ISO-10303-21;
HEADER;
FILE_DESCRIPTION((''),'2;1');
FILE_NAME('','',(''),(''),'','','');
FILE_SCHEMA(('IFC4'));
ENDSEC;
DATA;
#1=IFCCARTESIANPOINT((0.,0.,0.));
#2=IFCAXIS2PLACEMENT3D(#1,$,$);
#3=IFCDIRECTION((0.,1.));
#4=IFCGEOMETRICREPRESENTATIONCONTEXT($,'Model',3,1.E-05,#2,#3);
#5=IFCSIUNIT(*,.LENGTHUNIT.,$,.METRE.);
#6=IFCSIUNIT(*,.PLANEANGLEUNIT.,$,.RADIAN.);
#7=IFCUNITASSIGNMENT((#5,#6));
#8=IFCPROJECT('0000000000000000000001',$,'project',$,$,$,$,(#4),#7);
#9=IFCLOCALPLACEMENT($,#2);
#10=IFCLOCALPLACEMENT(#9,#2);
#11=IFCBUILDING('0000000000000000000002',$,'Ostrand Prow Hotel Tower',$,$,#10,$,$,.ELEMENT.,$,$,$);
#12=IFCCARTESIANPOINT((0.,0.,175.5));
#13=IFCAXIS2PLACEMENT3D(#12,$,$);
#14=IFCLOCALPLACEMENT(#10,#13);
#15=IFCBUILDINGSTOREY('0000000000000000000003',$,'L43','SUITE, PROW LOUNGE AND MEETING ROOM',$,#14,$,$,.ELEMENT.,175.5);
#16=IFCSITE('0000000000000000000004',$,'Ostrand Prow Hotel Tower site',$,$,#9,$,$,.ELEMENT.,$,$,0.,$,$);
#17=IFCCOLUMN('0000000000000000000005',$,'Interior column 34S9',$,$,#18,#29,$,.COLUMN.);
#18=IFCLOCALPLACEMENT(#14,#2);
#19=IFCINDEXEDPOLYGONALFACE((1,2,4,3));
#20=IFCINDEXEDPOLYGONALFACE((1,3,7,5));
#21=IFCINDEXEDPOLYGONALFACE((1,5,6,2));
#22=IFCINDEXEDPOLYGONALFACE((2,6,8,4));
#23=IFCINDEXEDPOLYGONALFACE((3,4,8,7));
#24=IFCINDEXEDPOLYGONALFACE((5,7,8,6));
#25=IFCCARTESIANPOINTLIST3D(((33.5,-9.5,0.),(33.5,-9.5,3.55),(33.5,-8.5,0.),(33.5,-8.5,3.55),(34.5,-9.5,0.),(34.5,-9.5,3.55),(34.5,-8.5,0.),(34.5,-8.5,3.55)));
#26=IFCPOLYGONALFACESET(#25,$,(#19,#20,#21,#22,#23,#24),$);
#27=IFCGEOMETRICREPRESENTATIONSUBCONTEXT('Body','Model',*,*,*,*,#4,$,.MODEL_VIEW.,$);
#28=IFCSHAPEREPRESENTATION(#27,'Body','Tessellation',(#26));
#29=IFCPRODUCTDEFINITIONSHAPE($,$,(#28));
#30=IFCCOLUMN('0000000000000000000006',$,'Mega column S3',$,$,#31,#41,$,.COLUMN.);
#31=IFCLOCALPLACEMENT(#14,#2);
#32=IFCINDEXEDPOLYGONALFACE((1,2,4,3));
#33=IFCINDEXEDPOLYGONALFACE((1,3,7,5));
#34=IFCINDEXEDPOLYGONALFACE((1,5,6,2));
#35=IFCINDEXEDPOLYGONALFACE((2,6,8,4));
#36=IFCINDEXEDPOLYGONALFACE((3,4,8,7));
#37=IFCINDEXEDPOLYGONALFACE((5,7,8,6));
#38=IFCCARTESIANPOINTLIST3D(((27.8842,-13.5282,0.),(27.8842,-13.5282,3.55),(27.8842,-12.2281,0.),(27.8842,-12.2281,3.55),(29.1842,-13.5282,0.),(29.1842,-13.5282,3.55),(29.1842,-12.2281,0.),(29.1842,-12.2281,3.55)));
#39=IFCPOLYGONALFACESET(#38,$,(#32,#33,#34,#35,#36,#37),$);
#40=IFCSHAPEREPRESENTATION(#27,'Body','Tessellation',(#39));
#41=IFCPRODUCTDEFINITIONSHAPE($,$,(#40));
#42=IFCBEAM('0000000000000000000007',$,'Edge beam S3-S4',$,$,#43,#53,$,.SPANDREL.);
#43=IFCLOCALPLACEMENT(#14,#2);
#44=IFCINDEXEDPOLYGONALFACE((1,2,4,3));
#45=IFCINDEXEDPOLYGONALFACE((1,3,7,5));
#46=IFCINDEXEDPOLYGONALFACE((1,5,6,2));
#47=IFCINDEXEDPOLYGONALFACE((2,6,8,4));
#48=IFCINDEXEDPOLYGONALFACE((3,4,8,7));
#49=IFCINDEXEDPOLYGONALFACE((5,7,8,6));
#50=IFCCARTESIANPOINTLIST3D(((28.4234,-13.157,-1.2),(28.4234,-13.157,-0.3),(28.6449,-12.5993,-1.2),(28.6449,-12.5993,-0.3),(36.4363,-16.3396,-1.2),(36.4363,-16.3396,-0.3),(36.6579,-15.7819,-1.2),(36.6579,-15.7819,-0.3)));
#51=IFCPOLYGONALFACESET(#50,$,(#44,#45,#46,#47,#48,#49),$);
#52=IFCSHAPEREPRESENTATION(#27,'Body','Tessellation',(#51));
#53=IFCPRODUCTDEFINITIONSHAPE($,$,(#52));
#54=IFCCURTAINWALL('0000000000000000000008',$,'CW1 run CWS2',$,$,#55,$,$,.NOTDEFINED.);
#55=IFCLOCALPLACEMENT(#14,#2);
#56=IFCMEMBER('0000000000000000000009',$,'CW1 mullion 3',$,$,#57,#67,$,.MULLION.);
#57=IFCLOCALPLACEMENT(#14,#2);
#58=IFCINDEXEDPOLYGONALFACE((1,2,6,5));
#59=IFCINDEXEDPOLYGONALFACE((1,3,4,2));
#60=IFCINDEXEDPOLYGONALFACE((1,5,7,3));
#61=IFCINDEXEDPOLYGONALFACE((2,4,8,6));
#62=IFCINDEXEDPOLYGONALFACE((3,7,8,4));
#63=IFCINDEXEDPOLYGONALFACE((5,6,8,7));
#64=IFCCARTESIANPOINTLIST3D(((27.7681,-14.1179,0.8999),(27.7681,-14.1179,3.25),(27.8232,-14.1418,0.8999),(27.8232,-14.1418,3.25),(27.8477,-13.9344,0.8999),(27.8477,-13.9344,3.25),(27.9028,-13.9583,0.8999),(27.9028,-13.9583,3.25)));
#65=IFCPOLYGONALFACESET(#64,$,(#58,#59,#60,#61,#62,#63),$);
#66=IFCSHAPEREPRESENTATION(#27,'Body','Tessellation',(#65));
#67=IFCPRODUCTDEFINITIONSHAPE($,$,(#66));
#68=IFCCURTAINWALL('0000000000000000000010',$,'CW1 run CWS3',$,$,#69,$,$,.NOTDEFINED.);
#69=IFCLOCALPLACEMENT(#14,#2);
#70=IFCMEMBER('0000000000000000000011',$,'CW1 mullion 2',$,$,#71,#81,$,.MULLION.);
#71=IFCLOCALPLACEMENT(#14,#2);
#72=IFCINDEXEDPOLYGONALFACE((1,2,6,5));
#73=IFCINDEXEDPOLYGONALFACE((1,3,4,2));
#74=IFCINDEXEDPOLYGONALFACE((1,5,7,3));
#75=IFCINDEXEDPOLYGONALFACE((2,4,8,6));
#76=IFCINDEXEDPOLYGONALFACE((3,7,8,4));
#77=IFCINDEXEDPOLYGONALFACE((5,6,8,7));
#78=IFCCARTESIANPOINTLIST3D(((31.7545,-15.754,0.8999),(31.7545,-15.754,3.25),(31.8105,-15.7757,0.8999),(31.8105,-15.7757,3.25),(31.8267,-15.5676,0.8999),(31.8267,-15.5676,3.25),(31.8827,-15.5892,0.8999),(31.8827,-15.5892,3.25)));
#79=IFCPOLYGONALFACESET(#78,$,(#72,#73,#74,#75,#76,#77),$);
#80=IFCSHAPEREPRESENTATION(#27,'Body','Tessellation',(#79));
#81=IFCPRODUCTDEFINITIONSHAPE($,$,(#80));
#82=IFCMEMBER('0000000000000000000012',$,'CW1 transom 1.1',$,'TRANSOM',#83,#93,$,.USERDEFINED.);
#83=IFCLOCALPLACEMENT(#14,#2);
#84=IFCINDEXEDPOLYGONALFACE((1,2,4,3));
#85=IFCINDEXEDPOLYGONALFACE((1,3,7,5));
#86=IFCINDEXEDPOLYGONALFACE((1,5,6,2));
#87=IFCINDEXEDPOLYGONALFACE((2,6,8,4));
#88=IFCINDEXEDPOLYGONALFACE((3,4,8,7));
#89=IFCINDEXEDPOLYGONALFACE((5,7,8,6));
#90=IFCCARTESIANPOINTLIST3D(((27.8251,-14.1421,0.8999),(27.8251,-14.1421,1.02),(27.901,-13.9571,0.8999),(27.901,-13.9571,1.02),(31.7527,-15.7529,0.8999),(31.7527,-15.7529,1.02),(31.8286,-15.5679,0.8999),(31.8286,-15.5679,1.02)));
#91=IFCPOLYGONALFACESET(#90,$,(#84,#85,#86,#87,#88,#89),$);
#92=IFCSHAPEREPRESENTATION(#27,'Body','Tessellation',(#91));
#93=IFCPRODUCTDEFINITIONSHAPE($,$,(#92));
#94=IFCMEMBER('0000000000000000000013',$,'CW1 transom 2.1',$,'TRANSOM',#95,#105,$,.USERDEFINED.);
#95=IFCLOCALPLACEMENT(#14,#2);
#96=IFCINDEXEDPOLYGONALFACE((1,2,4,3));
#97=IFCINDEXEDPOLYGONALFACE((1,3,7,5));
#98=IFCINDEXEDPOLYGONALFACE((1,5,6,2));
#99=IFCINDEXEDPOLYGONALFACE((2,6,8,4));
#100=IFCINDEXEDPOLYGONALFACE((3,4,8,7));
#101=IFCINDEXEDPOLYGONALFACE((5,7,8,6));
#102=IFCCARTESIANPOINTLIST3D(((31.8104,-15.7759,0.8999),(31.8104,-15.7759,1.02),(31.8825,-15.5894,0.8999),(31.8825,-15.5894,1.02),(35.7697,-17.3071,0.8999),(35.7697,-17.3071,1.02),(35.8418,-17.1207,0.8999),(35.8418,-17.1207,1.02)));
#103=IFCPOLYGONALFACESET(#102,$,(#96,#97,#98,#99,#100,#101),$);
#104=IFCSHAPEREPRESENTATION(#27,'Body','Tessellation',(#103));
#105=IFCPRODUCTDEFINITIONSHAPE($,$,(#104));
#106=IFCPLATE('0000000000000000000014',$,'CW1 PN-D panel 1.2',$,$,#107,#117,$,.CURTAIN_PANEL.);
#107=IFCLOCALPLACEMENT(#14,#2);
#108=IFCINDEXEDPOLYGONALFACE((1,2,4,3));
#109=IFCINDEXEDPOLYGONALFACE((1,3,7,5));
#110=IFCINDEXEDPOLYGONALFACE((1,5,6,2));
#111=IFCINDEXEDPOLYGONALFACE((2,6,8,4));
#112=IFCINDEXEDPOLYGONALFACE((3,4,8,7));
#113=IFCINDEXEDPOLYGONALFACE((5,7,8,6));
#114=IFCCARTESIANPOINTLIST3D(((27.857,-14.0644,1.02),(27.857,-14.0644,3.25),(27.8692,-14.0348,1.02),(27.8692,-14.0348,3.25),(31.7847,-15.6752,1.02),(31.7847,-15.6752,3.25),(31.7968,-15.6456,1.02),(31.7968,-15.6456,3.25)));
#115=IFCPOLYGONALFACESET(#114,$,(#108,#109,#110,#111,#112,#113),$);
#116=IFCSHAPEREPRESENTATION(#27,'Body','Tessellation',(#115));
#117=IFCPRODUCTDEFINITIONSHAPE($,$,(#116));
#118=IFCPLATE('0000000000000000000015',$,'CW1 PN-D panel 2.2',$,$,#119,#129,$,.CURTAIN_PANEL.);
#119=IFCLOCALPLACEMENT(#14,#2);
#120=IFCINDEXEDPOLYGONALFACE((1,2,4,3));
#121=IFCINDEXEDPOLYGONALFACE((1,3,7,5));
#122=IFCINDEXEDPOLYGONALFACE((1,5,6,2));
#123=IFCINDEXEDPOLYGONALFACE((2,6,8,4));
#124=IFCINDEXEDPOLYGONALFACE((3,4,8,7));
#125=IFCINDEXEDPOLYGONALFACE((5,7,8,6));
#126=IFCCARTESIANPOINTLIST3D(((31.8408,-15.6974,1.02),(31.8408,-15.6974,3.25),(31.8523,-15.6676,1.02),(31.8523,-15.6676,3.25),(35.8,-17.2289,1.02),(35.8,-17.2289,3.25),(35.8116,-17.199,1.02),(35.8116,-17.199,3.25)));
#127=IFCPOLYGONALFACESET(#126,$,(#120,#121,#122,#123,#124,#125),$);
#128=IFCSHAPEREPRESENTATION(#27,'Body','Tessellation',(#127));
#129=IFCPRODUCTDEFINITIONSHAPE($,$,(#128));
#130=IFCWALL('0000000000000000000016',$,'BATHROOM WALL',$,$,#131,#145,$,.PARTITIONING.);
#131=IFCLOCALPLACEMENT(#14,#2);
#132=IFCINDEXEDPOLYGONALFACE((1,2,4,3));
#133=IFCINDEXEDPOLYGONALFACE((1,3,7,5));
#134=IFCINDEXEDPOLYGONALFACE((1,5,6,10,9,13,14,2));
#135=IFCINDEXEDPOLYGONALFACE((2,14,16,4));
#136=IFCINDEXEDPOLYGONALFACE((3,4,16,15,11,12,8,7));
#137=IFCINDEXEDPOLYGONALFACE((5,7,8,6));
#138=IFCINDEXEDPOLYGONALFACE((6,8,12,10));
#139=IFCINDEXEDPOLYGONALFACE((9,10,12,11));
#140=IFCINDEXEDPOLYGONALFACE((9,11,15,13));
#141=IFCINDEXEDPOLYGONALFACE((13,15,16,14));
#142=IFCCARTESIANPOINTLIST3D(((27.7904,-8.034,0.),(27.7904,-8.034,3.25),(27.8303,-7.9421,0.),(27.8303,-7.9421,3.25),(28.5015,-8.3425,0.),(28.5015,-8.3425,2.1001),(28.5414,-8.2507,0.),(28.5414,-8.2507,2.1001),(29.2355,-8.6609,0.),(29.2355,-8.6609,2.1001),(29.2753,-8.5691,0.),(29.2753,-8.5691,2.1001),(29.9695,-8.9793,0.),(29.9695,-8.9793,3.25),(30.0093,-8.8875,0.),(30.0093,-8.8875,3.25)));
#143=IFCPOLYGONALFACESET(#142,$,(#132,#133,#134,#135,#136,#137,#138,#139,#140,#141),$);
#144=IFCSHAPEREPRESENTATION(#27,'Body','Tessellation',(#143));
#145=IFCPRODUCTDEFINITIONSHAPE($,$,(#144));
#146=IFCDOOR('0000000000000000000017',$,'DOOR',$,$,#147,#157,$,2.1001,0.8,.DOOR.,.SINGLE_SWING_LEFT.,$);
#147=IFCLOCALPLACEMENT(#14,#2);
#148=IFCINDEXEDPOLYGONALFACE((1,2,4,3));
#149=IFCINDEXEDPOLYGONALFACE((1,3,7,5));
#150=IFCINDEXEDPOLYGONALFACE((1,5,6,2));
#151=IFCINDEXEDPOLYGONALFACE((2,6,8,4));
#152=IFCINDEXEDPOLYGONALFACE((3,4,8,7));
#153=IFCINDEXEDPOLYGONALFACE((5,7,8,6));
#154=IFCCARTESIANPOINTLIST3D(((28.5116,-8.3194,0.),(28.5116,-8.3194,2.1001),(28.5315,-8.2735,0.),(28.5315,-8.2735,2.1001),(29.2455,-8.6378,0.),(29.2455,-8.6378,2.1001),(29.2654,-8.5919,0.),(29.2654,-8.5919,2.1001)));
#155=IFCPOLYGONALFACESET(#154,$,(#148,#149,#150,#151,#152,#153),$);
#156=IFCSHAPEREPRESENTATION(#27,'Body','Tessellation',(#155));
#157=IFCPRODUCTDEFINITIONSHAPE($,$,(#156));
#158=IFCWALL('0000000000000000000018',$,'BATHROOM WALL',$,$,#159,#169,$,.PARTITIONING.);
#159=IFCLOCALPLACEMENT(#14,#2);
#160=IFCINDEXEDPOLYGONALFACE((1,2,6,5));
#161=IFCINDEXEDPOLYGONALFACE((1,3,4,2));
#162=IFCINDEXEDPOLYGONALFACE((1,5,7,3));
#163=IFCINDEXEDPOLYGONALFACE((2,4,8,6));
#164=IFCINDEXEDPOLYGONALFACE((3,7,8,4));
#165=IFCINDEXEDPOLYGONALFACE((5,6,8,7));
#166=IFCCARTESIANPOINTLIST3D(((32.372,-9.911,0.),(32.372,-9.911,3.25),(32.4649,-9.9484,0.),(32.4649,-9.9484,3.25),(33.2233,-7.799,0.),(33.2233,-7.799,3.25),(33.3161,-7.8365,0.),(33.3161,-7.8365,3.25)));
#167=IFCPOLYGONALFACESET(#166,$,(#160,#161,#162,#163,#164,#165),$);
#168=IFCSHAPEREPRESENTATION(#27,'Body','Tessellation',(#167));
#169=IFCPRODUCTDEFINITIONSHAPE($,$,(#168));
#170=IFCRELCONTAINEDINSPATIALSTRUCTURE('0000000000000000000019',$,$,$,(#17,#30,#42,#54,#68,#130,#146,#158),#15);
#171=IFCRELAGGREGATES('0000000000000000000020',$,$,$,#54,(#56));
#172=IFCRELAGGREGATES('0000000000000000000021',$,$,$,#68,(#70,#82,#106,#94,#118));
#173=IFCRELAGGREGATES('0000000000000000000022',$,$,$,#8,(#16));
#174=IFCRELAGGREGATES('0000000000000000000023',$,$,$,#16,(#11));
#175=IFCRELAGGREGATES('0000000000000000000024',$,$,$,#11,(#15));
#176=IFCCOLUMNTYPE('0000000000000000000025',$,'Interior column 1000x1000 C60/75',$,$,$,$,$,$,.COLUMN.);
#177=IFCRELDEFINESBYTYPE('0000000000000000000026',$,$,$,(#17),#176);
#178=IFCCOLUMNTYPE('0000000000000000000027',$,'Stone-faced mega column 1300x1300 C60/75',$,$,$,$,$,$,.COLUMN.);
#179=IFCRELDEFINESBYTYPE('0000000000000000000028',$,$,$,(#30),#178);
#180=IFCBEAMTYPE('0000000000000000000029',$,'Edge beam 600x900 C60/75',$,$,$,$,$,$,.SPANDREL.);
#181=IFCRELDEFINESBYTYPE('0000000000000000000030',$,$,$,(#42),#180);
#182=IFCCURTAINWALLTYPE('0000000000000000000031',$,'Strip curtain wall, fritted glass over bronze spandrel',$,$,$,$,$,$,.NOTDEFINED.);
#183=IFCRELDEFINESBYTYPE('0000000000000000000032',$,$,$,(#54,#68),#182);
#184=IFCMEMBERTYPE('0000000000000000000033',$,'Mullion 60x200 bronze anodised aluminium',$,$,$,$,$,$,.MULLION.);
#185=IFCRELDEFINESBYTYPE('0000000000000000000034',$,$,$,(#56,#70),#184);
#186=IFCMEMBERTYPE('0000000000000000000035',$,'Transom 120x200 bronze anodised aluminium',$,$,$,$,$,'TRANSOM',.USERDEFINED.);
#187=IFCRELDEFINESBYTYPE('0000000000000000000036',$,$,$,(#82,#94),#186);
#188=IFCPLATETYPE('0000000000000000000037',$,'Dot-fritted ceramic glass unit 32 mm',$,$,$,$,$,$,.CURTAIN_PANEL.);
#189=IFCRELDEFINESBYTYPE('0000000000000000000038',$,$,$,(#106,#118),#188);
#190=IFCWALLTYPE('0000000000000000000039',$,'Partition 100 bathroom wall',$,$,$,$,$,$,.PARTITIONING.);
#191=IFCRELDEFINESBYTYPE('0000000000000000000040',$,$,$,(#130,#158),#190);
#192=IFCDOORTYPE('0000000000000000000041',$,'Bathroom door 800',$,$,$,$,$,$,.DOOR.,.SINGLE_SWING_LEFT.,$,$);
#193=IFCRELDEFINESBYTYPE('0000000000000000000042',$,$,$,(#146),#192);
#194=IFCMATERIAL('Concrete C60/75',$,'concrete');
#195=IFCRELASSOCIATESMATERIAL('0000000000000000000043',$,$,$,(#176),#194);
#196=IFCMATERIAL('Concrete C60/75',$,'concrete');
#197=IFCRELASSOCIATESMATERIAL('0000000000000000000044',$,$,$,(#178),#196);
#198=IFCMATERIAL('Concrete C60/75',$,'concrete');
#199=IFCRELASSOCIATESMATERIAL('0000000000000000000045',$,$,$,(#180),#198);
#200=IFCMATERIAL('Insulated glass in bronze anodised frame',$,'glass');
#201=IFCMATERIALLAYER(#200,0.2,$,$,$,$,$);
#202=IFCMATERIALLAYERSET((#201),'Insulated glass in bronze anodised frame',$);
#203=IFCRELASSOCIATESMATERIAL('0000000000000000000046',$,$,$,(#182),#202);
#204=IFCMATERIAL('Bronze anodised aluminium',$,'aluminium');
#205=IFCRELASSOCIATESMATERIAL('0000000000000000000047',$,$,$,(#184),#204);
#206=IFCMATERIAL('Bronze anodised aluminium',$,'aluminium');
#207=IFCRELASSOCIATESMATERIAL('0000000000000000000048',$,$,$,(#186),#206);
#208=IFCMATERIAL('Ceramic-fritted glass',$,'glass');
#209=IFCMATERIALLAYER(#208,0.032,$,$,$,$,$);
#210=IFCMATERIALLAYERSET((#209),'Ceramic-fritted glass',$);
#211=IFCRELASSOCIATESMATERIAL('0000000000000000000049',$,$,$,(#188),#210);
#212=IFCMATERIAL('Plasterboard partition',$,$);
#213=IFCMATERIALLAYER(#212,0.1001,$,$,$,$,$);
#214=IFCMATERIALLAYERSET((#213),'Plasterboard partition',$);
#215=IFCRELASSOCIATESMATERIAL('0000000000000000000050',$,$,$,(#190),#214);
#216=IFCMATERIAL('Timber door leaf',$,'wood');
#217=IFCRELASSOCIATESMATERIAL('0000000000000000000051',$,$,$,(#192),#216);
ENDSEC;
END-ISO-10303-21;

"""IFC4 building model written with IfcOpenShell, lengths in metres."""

from ifc_helpers import new_model, si_unit, direction, frame, frame_2d, origin, origin_2d, place, context, subcontext, project, spatial, rectangle, extrude, material, layer, layer_set, material_profile, profile_set, type_object, element, fill, aggregate, save


model = new_model("IFC4")

# Units and contexts
model_context = context("Model", 3, precision=1e-05, world=origin(), true_north=direction((0.0, 1.0)))
body_context = subcontext(model_context, "Body", "Model", "MODEL_VIEW")
ifc_project = project(units=[si_unit("LENGTHUNIT", "METRE"), si_unit("PLANEANGLEUNIT", "RADIAN")], contexts=[model_context])

# Site, building, storey
site_placement = place(None, origin())
site = spatial("IfcSite", under=ifc_project, at=site_placement, Name="Ostrand Prow Hotel Tower site", CompositionType="ELEMENT", RefElevation=0.0)
building_placement = place(site_placement, origin())
building = spatial("IfcBuilding", under=site, at=building_placement, Name="Ostrand Prow Hotel Tower", CompositionType="ELEMENT")
storey_placement = place(building_placement, frame((0.0, 0.0, 175.5)))
storey = spatial("IfcBuildingStorey", under=building, at=storey_placement, Name="L43", Description="SUITE, PROW LOUNGE AND MEETING ROOM", CompositionType="ELEMENT", Elevation=175.5)

# Columns
ifc_material_1 = material(Name="Concrete C60/75", Category="concrete")
ifc_material_profile_1 = material_profile(ifc_material_1, rectangle(XDim=1.0, YDim=1.0, at=origin_2d()), Name="RC 1000x1000")
ifc_profile_set_1 = profile_set([ifc_material_profile_1], Name="Concrete C60/75")
column_type_1 = type_object("IfcColumnType", Name="Interior column 1000x1000 C60/75", PredefinedType="COLUMN", material=ifc_profile_set_1)
column_1_placement = place(storey_placement, frame((34.0, -9.0, 0.0), z_axis=(0.0, 0.0, 1.0), x_axis=(1.0, 0.0, 0.0)))
element("IfcColumn", 1, at=column_1_placement, inside=storey, type_object=column_type_1, Name="Interior column 34S9", PredefinedType="COLUMN", context=body_context, shape_type="SweptSolid", body=[
    extrude(rectangle(XDim=1.0, YDim=1.0, at=origin_2d()), origin(), (0.0, 0.0, 1.0), 3.55),
])
ifc_material_2 = material(Name="Concrete C60/75", Category="concrete")
ifc_material_profile_2 = material_profile(ifc_material_2, rectangle(XDim=1.3, YDim=1.3, at=origin_2d()), Name="RC 1300x1300")
ifc_profile_set_2 = profile_set([ifc_material_profile_2], Name="Concrete C60/75")
column_type_2 = type_object("IfcColumnType", Name="Stone-faced mega column 1300x1300 C60/75", PredefinedType="COLUMN", material=ifc_profile_set_2)
column_2_placement = place(storey_placement, frame((28.5342, -12.8782, 0.0), z_axis=(0.0, 0.0, 1.0), x_axis=(1.0, 0.0, 0.0)))
element("IfcColumn", 2, at=column_2_placement, inside=storey, type_object=column_type_2, Name="Mega column S3", PredefinedType="COLUMN", context=body_context, shape_type="SweptSolid", body=[
    extrude(rectangle(XDim=1.3, YDim=1.3, at=origin_2d()), origin(), (0.0, 0.0, 1.0), 3.55),
])

# Beam
ifc_material_3 = material(Name="Concrete C60/75", Category="concrete")
ifc_material_profile_3 = material_profile(ifc_material_3, rectangle(XDim=0.6001, YDim=0.8999, at=origin_2d()), Name="RC 600x900")
ifc_profile_set_3 = profile_set([ifc_material_profile_3], Name="Concrete C60/75")
beam_type = type_object("IfcBeamType", Name="Edge beam 600x900 C60/75", PredefinedType="SPANDREL", material=ifc_profile_set_3)
beam_placement = place(storey_placement, frame((28.5342, -12.8782, -0.75), z_axis=(0.929376, -0.369134, 0.0), x_axis=(0.369134, 0.929376, 0.0)))
element("IfcBeam", 3, at=beam_placement, inside=storey, type_object=beam_type, Name="Edge beam S3-S4", PredefinedType="SPANDREL", context=body_context, shape_type="SweptSolid", body=[
    extrude(rectangle(XDim=0.6001, YDim=0.8999, at=origin_2d()), origin(), (0.0, 0.0, 1.0), 8.6218),
])

# Curtain wall, member
ifc_material_4 = material(Name="Insulated glass in bronze anodised frame", Category="glass")
ifc_layer_1 = layer(ifc_material_4, 0.2)
ifc_layer_set_1 = layer_set([ifc_layer_1], Name="Insulated glass in bronze anodised frame")
curtain_wall_type = type_object("IfcCurtainWallType", Name="Strip curtain wall, fritted glass over bronze spandrel", PredefinedType="NOTDEFINED", material=ifc_layer_set_1)
curtain_wall_1_placement = place(storey_placement, origin())
curtain_wall_1 = element("IfcCurtainWall", 4, at=curtain_wall_1_placement, inside=storey, type_object=curtain_wall_type, Name="CW1 run CWS2", PredefinedType="NOTDEFINED")
ifc_material_5 = material(Name="Bronze anodised aluminium", Category="aluminium")
ifc_material_profile_4 = material_profile(ifc_material_5, rectangle(XDim=0.2, YDim=0.0601, at=origin_2d()), Name="Mullion 60x200 bronze anodised aluminium")
ifc_profile_set_4 = profile_set([ifc_material_profile_4], Name="Bronze anodised aluminium")
member_type_1 = type_object("IfcMemberType", Name="Mullion 60x200 bronze anodised aluminium", PredefinedType="MULLION", material=ifc_profile_set_4)
member_1_placement = place(storey_placement, frame((27.8354, -14.0381, 0.8999), z_axis=(0.0, 0.0, 1.0), x_axis=(0.398005, 0.917383, 0.0)))
member_1 = element("IfcMember", 5, at=member_1_placement, type_object=member_type_1, Name="CW1 mullion 3", PredefinedType="MULLION", context=body_context, shape_type="SweptSolid", body=[
    extrude(rectangle(XDim=0.2, YDim=0.0601, at=origin_2d()), origin(), (0.0, 0.0, 1.0), 2.3501),
])
aggregate(curtain_wall_1, [member_1])

# Curtain wall, members, plates
curtain_wall_2_placement = place(storey_placement, origin())
curtain_wall_2 = element("IfcCurtainWall", 6, at=curtain_wall_2_placement, inside=storey, type_object=curtain_wall_type, Name="CW1 run CWS3", PredefinedType="NOTDEFINED")
member_2_placement = place(storey_placement, frame((31.8186, -15.6716, 0.8999), z_axis=(0.0, 0.0, 1.0), x_axis=(0.360749, 0.932663, 0.0)))
member_2 = element("IfcMember", 7, at=member_2_placement, type_object=member_type_1, Name="CW1 mullion 2", PredefinedType="MULLION", context=body_context, shape_type="SweptSolid", body=[
    extrude(rectangle(XDim=0.2, YDim=0.0601, at=origin_2d()), origin(), (0.0, 0.0, 1.0), 2.3501),
])
ifc_material_6 = material(Name="Bronze anodised aluminium", Category="aluminium")
ifc_material_profile_5 = material_profile(ifc_material_6, rectangle(XDim=0.2, YDim=0.1201, at=origin_2d()), Name="Transom 120x200 bronze anodised aluminium")
ifc_profile_set_5 = profile_set([ifc_material_profile_5], Name="Bronze anodised aluminium")
member_type_2 = type_object("IfcMemberType", Name="Transom 120x200 bronze anodised aluminium", ElementType="TRANSOM", PredefinedType="USERDEFINED", material=ifc_profile_set_5)
member_3_placement = place(storey_placement, frame((27.863, -14.0496, 0.96), z_axis=(0.925213, -0.379448, 0.0), x_axis=(0.379448, 0.925213, 0.0)))
member_3 = element("IfcMember", 8, at=member_3_placement, type_object=member_type_2, Name="CW1 transom 1.1", ObjectType="TRANSOM", PredefinedType="USERDEFINED", context=body_context, shape_type="SweptSolid", body=[
    extrude(rectangle(XDim=0.2, YDim=0.1201, at=origin_2d()), origin(), (0.0, 0.0, 1.0), 4.2451),
])
member_4_placement = place(storey_placement, frame((31.8464, -15.6826, 0.96), z_axis=(0.932675, -0.360717, 0.0), x_axis=(0.360717, 0.932675, 0.0)))
member_4 = element("IfcMember", 9, at=member_4_placement, type_object=member_type_2, Name="CW1 transom 2.1", ObjectType="TRANSOM", PredefinedType="USERDEFINED", context=body_context, shape_type="SweptSolid", body=[
    extrude(rectangle(XDim=0.2, YDim=0.1201, at=origin_2d()), origin(), (0.0, 0.0, 1.0), 4.2451),
])
ifc_material_7 = material(Name="Ceramic-fritted glass", Category="glass")
ifc_layer_2 = layer(ifc_material_7, 0.032)
ifc_layer_set_2 = layer_set([ifc_layer_2], Name="Ceramic-fritted glass")
plate_type = type_object("IfcPlateType", Name="Dot-fritted ceramic glass unit 32 mm", PredefinedType="CURTAIN_PANEL", material=ifc_layer_set_2)
plate_1_placement = place(storey_placement, frame((29.8269, -14.855, 1.02), z_axis=(0.0, 0.0, 1.0), x_axis=(0.925211, -0.379453, 0.0)))
plate_1 = element("IfcPlate", 10, at=plate_1_placement, type_object=plate_type, Name="CW1 PN-D panel 1.2", PredefinedType="CURTAIN_PANEL", context=body_context, shape_type="SweptSolid", body=[
    extrude(rectangle(XDim=4.2451, YDim=0.032, at=origin_2d()), origin(), (0.0, 0.0, 1.0), 2.23),
])
plate_2_placement = place(storey_placement, frame((33.8262, -16.4482, 1.02), z_axis=(0.0, 0.0, 1.0), x_axis=(0.932663, -0.360749, 0.0)))
plate_2 = element("IfcPlate", 11, at=plate_2_placement, type_object=plate_type, Name="CW1 PN-D panel 2.2", PredefinedType="CURTAIN_PANEL", context=body_context, shape_type="SweptSolid", body=[
    extrude(rectangle(XDim=4.2451, YDim=0.032, at=origin_2d()), origin(), (0.0, 0.0, 1.0), 2.23),
])
aggregate(curtain_wall_2, [member_2, member_3, plate_1, member_4, plate_2])

# Wall, opening, door
ifc_material_8 = material(Name="Plasterboard partition")
ifc_layer_3 = layer(ifc_material_8, 0.1001)
ifc_layer_set_3 = layer_set([ifc_layer_3], Name="Plasterboard partition")
wall_type_1 = type_object("IfcWallType", Name="Partition 100 bathroom wall", PredefinedType="PARTITIONING", material=ifc_layer_set_3)
wall_1_placement = place(storey_placement, frame((29.9893, -8.9333, 0.0), z_axis=(0.0, 0.0, 1.0), x_axis=(-0.917387, 0.397997, 0.0)))
wall_1 = element("IfcWall", 12, at=wall_1_placement, inside=storey, type_object=wall_type_1, Name="BATHROOM WALL", PredefinedType="PARTITIONING", context=body_context, shape_type="SweptSolid", body=[
    extrude(rectangle(XDim=2.3752, YDim=0.1001, at=frame_2d((1.1875, 0.0))), origin(), (0.0, 0.0, 1.0), 3.25),
])
opening_1_placement = place(wall_1_placement, frame((0.8, 0.0, 0.0)))
opening_1 = element("IfcOpeningElement", 13, at=opening_1_placement, cuts=wall_1, PredefinedType="OPENING", context=body_context, shape_type="SweptSolid", body=[
    extrude(rectangle(XDim=0.8, YDim=2.1001, at=frame_2d((0.3999, 1.05))), frame((0.0, 0.0601, 0.0), z_axis=(0.0, -1.0, 0.0), x_axis=(1.0, 0.0, 0.0)), (0.0, 0.0, 1.0), 0.1201),
])
ifc_material_9 = material(Name="Timber door leaf", Category="wood")
door_type_1 = type_object("IfcDoorType", Name="Bathroom door 800", OperationType="SINGLE_SWING_LEFT", PredefinedType="DOOR", material=ifc_material_9)
door_1_placement = place(opening_1_placement, origin())
door_1 = element("IfcDoor", 14, at=door_1_placement, inside=storey, type_object=door_type_1, Name="DOOR", OperationType="SINGLE_SWING_LEFT", OverallHeight=2.1001, OverallWidth=0.8, PredefinedType="DOOR", context=body_context, shape_type="SweptSolid", body=[
    extrude(rectangle(XDim=0.8, YDim=2.1001, at=frame_2d((0.3999, 1.05))), frame((0.0, 0.0249, 0.0), z_axis=(0.0, -1.0, 0.0), x_axis=(1.0, 0.0, 0.0)), (0.0, 0.0, 1.0), 0.05),
])
fill(opening_1, door_1)

# Wall
wall_2_placement = place(storey_placement, frame((33.2698, -7.8176, 0.0), z_axis=(0.0, 0.0, 1.0), x_axis=(-0.373848, -0.92749, 0.0)))
element("IfcWall", 15, at=wall_2_placement, inside=storey, type_object=wall_type_1, Name="BATHROOM WALL", PredefinedType="PARTITIONING", context=body_context, shape_type="SweptSolid", body=[
    extrude(rectangle(XDim=2.2771, YDim=0.1001, at=frame_2d((1.1387, 0.0))), origin(), (0.0, 0.0, 1.0), 3.25),
])

save(model, "model.ifc")
